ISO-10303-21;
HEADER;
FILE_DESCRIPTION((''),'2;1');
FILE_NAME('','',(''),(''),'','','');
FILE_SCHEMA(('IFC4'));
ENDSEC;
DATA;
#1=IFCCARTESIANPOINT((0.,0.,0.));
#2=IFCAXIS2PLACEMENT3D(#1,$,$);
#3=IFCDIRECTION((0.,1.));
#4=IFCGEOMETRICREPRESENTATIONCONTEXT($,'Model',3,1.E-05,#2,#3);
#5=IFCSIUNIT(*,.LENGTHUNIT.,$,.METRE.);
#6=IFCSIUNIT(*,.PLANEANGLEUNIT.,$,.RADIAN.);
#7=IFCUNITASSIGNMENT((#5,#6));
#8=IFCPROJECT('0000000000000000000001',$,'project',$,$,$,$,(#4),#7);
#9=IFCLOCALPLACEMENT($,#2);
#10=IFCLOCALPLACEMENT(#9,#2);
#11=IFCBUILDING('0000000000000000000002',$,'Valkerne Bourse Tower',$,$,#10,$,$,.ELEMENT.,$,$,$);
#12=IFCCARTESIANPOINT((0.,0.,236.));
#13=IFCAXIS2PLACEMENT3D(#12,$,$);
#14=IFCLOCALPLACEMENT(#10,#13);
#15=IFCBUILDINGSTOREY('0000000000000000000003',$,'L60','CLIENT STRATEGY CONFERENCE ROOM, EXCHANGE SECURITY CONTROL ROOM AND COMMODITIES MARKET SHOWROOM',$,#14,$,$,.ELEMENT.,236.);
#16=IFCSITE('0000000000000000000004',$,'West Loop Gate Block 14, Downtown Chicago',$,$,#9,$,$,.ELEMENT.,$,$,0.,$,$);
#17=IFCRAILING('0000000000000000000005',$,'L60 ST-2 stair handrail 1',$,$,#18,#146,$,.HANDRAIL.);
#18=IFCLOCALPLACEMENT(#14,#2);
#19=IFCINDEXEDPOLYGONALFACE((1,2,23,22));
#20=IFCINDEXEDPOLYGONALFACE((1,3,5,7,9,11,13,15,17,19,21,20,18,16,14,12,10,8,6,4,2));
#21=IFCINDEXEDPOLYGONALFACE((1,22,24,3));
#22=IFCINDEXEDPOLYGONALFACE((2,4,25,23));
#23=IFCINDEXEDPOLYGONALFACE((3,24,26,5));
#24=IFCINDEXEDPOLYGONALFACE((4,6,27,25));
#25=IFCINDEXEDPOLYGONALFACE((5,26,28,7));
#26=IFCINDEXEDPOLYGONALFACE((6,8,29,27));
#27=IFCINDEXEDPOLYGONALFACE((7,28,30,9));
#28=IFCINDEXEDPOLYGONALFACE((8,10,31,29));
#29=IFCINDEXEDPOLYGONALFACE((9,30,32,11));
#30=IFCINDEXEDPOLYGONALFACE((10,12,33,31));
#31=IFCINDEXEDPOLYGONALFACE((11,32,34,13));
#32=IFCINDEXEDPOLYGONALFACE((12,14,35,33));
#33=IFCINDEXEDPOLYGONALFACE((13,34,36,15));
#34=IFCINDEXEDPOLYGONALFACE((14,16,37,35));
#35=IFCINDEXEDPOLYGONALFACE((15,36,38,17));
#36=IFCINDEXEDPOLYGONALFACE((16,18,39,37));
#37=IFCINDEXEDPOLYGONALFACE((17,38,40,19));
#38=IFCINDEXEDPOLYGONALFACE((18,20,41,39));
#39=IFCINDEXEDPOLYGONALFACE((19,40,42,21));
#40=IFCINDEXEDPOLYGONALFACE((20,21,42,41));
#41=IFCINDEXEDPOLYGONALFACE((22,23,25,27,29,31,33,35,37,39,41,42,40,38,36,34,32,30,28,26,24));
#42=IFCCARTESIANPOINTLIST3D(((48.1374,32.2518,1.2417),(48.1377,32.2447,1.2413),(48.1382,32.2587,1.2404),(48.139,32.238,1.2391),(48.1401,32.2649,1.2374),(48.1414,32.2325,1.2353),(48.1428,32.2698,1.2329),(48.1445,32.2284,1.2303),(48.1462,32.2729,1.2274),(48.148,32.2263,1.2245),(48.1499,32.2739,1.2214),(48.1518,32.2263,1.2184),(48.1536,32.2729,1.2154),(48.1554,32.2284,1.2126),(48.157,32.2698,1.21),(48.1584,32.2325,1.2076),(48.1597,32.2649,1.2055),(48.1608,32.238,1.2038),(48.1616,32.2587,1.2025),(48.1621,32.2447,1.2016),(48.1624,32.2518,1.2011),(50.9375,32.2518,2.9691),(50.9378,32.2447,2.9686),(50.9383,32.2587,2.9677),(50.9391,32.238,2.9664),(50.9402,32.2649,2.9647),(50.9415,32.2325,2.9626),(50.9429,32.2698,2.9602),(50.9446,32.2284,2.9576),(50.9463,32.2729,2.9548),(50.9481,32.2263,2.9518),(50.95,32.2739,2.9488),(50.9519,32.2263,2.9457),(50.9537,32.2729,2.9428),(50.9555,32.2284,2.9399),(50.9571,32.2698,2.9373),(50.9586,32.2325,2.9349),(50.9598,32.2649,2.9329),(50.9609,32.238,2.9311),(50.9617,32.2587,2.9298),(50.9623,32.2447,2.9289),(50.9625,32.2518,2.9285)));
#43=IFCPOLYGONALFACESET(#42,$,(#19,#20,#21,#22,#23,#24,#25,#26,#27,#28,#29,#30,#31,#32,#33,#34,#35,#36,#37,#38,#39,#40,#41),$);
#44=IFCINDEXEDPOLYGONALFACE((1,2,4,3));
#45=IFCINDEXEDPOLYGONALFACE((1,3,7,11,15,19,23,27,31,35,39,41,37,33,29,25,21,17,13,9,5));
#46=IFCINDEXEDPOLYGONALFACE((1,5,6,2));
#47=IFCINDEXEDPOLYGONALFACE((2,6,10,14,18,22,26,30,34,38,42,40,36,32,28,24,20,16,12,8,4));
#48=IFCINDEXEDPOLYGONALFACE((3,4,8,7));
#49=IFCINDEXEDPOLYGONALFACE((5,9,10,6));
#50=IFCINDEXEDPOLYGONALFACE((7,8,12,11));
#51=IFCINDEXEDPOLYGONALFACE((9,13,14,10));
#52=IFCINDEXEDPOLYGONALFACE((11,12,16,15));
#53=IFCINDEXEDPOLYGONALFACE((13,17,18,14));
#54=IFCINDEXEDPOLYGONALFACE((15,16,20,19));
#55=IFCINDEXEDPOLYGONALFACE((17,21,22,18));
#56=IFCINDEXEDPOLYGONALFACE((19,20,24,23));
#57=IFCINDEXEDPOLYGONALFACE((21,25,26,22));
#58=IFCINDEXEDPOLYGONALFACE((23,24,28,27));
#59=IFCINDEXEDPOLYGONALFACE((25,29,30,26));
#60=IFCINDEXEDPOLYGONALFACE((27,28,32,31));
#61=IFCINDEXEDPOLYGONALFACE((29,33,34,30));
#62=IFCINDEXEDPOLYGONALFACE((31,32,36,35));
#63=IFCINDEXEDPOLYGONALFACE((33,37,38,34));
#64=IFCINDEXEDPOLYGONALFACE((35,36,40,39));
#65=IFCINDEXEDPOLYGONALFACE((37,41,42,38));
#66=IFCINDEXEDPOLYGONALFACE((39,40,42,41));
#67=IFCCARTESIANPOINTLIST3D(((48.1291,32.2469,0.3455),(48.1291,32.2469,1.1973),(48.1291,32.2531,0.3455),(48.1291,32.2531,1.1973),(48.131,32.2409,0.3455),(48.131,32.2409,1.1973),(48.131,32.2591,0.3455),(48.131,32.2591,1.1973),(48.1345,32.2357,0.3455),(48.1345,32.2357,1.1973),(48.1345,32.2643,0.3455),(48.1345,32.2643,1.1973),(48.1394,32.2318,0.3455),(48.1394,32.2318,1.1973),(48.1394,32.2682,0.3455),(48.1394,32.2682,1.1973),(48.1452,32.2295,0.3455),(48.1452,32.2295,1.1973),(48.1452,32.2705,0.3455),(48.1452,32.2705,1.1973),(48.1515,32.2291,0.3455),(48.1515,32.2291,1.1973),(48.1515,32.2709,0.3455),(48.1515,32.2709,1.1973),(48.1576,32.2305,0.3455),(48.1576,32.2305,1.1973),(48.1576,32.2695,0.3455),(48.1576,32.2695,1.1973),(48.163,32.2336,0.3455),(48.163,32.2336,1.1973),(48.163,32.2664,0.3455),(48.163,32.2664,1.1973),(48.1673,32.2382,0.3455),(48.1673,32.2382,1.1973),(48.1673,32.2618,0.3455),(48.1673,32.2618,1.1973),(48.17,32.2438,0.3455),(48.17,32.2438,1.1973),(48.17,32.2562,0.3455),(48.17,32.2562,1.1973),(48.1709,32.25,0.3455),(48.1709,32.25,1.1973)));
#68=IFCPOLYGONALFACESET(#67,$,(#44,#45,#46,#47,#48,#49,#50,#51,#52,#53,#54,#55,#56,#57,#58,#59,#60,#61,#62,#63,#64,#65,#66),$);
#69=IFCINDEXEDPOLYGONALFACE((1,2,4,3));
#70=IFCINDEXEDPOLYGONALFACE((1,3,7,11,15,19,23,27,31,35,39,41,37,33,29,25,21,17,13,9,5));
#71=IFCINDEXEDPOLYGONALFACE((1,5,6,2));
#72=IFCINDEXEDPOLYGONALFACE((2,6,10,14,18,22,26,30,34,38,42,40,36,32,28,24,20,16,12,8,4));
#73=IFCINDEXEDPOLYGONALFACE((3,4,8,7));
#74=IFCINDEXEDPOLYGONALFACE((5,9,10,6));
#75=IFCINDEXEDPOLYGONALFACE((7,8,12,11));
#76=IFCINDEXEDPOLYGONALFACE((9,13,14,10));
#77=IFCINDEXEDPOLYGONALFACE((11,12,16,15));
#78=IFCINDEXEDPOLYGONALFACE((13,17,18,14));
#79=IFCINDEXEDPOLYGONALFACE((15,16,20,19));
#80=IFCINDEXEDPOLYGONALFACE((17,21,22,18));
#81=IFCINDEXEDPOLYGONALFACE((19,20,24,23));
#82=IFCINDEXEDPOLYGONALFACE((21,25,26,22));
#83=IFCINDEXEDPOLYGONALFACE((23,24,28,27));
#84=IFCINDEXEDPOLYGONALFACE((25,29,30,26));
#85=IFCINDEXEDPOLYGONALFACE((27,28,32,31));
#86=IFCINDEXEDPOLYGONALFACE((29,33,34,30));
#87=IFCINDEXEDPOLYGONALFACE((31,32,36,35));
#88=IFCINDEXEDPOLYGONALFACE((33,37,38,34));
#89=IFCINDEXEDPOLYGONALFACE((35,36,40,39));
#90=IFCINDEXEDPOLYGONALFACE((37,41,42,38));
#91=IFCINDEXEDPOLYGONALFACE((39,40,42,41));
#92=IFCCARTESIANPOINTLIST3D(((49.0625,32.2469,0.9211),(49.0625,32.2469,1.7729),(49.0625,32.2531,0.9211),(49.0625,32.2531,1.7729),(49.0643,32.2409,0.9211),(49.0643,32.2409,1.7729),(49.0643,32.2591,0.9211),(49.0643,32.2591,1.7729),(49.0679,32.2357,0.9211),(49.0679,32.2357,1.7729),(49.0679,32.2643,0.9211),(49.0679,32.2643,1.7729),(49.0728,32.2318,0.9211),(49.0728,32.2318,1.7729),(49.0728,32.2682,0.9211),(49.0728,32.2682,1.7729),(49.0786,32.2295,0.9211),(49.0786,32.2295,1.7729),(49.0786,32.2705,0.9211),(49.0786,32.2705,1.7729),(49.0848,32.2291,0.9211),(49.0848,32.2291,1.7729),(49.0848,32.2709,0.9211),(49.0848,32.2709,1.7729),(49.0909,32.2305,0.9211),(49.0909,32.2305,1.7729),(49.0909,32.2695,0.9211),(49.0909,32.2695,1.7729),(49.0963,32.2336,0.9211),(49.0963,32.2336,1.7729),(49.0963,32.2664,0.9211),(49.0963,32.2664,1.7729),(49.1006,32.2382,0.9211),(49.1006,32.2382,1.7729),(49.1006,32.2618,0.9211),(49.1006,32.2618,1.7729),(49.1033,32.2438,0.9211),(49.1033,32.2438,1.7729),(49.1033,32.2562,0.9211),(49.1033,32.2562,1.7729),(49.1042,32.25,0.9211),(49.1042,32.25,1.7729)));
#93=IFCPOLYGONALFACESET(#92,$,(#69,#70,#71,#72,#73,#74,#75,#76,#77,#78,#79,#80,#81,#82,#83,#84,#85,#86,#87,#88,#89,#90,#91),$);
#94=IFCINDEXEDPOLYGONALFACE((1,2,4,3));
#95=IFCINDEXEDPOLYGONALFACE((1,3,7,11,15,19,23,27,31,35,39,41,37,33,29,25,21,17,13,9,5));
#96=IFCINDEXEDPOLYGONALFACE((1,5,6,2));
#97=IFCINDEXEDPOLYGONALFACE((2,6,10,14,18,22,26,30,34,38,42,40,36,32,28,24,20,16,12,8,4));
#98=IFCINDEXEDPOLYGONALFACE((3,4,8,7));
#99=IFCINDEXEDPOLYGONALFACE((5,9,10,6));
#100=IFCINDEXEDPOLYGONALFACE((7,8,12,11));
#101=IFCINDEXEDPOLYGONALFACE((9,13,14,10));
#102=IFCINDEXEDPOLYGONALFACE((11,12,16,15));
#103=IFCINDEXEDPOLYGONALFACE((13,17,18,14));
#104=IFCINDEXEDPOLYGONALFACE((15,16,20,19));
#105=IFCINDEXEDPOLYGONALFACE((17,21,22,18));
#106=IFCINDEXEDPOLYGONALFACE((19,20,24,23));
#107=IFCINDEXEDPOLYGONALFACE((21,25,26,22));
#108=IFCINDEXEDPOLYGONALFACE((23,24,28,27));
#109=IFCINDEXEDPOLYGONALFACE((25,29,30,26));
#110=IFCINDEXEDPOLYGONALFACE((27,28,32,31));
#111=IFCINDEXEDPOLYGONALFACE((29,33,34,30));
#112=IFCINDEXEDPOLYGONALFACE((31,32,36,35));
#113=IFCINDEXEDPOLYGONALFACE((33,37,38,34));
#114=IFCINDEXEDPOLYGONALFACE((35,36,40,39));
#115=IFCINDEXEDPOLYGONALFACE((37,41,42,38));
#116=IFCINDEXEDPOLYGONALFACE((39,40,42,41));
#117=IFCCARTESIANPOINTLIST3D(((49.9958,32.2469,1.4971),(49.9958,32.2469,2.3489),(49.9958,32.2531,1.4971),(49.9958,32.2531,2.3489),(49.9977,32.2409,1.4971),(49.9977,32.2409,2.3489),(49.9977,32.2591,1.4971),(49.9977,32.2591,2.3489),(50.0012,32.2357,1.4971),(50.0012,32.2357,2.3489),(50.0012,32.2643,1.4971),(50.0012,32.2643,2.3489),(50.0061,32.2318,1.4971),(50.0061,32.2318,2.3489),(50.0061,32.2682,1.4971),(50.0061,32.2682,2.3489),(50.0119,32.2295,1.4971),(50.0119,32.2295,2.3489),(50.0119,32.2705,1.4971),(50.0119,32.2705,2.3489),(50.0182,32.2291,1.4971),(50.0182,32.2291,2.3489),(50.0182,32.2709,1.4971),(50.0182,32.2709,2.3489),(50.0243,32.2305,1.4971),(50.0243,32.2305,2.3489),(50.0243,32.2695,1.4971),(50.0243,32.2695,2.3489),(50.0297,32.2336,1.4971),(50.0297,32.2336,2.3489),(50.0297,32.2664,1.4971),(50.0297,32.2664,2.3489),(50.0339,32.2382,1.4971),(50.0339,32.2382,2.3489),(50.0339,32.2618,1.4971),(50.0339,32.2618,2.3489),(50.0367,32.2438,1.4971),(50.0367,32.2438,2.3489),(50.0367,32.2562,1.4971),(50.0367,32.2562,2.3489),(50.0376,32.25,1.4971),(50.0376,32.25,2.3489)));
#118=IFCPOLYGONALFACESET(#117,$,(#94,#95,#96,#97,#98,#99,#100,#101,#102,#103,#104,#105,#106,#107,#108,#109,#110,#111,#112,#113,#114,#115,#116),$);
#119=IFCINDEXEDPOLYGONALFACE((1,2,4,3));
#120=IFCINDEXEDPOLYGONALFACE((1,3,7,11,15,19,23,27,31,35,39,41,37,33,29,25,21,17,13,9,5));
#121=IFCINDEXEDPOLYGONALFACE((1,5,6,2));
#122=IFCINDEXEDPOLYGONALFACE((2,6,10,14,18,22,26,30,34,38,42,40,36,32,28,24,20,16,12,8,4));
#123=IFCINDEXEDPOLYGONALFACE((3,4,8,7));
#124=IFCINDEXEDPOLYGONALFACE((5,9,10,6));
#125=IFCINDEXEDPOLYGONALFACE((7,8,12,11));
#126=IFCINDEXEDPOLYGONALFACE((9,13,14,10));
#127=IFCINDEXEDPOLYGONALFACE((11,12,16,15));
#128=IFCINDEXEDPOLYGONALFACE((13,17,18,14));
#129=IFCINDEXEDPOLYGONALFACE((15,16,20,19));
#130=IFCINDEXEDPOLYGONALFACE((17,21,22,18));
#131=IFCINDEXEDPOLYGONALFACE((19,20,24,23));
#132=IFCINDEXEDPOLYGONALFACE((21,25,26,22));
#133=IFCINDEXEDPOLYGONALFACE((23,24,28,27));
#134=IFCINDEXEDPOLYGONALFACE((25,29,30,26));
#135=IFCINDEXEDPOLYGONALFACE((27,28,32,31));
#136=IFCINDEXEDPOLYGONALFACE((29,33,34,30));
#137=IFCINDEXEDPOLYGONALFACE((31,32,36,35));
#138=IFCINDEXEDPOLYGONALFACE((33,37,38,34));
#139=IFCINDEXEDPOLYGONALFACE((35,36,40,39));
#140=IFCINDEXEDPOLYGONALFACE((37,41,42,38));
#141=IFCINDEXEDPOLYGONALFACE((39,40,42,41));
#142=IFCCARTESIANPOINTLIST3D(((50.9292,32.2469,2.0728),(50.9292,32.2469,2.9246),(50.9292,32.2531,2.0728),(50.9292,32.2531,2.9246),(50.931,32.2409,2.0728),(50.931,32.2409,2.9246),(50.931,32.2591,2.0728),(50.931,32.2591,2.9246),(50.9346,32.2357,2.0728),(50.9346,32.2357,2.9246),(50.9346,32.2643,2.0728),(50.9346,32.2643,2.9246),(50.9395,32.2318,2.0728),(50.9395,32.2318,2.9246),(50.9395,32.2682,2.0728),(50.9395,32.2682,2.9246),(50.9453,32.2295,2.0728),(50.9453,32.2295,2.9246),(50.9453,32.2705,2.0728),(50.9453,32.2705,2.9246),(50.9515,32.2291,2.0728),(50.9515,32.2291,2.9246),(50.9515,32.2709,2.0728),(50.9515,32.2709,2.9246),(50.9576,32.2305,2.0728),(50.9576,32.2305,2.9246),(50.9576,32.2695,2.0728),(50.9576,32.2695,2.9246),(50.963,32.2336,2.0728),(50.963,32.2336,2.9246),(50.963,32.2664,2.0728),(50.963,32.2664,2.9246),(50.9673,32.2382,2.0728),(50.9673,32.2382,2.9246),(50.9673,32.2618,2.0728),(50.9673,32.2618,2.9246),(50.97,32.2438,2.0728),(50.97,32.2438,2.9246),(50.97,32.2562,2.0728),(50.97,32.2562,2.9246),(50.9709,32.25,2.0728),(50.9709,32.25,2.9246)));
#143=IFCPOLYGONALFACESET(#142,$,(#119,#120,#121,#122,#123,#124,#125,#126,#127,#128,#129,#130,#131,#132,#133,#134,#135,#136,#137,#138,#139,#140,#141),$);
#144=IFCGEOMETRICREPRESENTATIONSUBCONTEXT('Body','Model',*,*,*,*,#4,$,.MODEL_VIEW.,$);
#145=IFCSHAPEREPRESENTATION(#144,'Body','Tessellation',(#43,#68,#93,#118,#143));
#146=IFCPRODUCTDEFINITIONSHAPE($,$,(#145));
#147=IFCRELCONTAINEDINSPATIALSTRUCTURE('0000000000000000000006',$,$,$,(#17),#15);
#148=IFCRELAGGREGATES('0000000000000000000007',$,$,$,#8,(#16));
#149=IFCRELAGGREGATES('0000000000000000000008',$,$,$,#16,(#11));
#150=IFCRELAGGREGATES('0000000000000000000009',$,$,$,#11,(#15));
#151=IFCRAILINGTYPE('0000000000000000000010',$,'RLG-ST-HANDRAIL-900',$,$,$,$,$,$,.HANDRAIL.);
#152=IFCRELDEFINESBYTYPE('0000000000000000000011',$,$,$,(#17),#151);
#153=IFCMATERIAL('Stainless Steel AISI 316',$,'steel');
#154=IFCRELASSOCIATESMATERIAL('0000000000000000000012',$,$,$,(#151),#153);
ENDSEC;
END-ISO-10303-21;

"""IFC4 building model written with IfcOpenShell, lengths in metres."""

from ifc_helpers import new_model, si_unit, direction, frame, origin, origin_2d, place, context, subcontext, project, spatial, circle, extrude, material, type_object, element, save


model = new_model("IFC4")

# Units and contexts
model_context = context("Model", 3, precision=1e-05, world=origin(), true_north=direction((0.0, 1.0)))
body_context = subcontext(model_context, "Body", "Model", "MODEL_VIEW")
ifc_project = project(units=[si_unit("LENGTHUNIT", "METRE"), si_unit("PLANEANGLEUNIT", "RADIAN")], contexts=[model_context])

# Site, building, storey
site_placement = place(None, origin())
site = spatial("IfcSite", under=ifc_project, at=site_placement, Name="West Loop Gate Block 14, Downtown Chicago", CompositionType="ELEMENT", RefElevation=0.0)
building_placement = place(site_placement, origin())
building = spatial("IfcBuilding", under=site, at=building_placement, Name="Valkerne Bourse Tower", CompositionType="ELEMENT")
storey_placement = place(building_placement, frame((0.0, 0.0, 236.0)))
storey = spatial("IfcBuildingStorey", under=building, at=storey_placement, Name="L60", Description="CLIENT STRATEGY CONFERENCE ROOM, EXCHANGE SECURITY CONTROL ROOM AND COMMODITIES MARKET SHOWROOM", CompositionType="ELEMENT", Elevation=236.0)

# Shared definitions
ifc_material_1 = material(Name="Stainless Steel AISI 316", Category="steel")

# Railing
railing_type_1 = type_object("IfcRailingType", Name="RLG-ST-HANDRAIL-900", PredefinedType="HANDRAIL", material=ifc_material_1)
railing_1_placement = place(storey_placement, frame((48.1499, 32.25, 0.3455)))
element("IfcRailing", 1, at=railing_1_placement, inside=storey, type_object=railing_type_1, Name="L60 ST-2 stair handrail 1", PredefinedType="HANDRAIL", context=body_context, shape_type="SweptSolid", body=[
    extrude(circle(Radius=0.0239, at=origin_2d()), frame((0.0, 0.0, 0.876), z_axis=(0.85109, 0.0, 0.52502), x_axis=(0.0, 1.0, 0.0)), (0.0, 0.0, 1.0), 3.29),
    extrude(circle(Radius=0.021, at=origin_2d()), origin(), (0.0, 0.0, 1.0), 0.8518),
    extrude(circle(Radius=0.021, at=origin_2d()), frame((0.9333, 0.0, 0.5757)), (0.0, 0.0, 1.0), 0.8518),
    extrude(circle(Radius=0.021, at=origin_2d()), frame((1.8667, 0.0, 1.1516)), (0.0, 0.0, 1.0), 0.8518),
    extrude(circle(Radius=0.021, at=origin_2d()), frame((2.8, 0.0, 1.7273)), (0.0, 0.0, 1.0), 0.8518),
])

save(model, "model.ifc")
